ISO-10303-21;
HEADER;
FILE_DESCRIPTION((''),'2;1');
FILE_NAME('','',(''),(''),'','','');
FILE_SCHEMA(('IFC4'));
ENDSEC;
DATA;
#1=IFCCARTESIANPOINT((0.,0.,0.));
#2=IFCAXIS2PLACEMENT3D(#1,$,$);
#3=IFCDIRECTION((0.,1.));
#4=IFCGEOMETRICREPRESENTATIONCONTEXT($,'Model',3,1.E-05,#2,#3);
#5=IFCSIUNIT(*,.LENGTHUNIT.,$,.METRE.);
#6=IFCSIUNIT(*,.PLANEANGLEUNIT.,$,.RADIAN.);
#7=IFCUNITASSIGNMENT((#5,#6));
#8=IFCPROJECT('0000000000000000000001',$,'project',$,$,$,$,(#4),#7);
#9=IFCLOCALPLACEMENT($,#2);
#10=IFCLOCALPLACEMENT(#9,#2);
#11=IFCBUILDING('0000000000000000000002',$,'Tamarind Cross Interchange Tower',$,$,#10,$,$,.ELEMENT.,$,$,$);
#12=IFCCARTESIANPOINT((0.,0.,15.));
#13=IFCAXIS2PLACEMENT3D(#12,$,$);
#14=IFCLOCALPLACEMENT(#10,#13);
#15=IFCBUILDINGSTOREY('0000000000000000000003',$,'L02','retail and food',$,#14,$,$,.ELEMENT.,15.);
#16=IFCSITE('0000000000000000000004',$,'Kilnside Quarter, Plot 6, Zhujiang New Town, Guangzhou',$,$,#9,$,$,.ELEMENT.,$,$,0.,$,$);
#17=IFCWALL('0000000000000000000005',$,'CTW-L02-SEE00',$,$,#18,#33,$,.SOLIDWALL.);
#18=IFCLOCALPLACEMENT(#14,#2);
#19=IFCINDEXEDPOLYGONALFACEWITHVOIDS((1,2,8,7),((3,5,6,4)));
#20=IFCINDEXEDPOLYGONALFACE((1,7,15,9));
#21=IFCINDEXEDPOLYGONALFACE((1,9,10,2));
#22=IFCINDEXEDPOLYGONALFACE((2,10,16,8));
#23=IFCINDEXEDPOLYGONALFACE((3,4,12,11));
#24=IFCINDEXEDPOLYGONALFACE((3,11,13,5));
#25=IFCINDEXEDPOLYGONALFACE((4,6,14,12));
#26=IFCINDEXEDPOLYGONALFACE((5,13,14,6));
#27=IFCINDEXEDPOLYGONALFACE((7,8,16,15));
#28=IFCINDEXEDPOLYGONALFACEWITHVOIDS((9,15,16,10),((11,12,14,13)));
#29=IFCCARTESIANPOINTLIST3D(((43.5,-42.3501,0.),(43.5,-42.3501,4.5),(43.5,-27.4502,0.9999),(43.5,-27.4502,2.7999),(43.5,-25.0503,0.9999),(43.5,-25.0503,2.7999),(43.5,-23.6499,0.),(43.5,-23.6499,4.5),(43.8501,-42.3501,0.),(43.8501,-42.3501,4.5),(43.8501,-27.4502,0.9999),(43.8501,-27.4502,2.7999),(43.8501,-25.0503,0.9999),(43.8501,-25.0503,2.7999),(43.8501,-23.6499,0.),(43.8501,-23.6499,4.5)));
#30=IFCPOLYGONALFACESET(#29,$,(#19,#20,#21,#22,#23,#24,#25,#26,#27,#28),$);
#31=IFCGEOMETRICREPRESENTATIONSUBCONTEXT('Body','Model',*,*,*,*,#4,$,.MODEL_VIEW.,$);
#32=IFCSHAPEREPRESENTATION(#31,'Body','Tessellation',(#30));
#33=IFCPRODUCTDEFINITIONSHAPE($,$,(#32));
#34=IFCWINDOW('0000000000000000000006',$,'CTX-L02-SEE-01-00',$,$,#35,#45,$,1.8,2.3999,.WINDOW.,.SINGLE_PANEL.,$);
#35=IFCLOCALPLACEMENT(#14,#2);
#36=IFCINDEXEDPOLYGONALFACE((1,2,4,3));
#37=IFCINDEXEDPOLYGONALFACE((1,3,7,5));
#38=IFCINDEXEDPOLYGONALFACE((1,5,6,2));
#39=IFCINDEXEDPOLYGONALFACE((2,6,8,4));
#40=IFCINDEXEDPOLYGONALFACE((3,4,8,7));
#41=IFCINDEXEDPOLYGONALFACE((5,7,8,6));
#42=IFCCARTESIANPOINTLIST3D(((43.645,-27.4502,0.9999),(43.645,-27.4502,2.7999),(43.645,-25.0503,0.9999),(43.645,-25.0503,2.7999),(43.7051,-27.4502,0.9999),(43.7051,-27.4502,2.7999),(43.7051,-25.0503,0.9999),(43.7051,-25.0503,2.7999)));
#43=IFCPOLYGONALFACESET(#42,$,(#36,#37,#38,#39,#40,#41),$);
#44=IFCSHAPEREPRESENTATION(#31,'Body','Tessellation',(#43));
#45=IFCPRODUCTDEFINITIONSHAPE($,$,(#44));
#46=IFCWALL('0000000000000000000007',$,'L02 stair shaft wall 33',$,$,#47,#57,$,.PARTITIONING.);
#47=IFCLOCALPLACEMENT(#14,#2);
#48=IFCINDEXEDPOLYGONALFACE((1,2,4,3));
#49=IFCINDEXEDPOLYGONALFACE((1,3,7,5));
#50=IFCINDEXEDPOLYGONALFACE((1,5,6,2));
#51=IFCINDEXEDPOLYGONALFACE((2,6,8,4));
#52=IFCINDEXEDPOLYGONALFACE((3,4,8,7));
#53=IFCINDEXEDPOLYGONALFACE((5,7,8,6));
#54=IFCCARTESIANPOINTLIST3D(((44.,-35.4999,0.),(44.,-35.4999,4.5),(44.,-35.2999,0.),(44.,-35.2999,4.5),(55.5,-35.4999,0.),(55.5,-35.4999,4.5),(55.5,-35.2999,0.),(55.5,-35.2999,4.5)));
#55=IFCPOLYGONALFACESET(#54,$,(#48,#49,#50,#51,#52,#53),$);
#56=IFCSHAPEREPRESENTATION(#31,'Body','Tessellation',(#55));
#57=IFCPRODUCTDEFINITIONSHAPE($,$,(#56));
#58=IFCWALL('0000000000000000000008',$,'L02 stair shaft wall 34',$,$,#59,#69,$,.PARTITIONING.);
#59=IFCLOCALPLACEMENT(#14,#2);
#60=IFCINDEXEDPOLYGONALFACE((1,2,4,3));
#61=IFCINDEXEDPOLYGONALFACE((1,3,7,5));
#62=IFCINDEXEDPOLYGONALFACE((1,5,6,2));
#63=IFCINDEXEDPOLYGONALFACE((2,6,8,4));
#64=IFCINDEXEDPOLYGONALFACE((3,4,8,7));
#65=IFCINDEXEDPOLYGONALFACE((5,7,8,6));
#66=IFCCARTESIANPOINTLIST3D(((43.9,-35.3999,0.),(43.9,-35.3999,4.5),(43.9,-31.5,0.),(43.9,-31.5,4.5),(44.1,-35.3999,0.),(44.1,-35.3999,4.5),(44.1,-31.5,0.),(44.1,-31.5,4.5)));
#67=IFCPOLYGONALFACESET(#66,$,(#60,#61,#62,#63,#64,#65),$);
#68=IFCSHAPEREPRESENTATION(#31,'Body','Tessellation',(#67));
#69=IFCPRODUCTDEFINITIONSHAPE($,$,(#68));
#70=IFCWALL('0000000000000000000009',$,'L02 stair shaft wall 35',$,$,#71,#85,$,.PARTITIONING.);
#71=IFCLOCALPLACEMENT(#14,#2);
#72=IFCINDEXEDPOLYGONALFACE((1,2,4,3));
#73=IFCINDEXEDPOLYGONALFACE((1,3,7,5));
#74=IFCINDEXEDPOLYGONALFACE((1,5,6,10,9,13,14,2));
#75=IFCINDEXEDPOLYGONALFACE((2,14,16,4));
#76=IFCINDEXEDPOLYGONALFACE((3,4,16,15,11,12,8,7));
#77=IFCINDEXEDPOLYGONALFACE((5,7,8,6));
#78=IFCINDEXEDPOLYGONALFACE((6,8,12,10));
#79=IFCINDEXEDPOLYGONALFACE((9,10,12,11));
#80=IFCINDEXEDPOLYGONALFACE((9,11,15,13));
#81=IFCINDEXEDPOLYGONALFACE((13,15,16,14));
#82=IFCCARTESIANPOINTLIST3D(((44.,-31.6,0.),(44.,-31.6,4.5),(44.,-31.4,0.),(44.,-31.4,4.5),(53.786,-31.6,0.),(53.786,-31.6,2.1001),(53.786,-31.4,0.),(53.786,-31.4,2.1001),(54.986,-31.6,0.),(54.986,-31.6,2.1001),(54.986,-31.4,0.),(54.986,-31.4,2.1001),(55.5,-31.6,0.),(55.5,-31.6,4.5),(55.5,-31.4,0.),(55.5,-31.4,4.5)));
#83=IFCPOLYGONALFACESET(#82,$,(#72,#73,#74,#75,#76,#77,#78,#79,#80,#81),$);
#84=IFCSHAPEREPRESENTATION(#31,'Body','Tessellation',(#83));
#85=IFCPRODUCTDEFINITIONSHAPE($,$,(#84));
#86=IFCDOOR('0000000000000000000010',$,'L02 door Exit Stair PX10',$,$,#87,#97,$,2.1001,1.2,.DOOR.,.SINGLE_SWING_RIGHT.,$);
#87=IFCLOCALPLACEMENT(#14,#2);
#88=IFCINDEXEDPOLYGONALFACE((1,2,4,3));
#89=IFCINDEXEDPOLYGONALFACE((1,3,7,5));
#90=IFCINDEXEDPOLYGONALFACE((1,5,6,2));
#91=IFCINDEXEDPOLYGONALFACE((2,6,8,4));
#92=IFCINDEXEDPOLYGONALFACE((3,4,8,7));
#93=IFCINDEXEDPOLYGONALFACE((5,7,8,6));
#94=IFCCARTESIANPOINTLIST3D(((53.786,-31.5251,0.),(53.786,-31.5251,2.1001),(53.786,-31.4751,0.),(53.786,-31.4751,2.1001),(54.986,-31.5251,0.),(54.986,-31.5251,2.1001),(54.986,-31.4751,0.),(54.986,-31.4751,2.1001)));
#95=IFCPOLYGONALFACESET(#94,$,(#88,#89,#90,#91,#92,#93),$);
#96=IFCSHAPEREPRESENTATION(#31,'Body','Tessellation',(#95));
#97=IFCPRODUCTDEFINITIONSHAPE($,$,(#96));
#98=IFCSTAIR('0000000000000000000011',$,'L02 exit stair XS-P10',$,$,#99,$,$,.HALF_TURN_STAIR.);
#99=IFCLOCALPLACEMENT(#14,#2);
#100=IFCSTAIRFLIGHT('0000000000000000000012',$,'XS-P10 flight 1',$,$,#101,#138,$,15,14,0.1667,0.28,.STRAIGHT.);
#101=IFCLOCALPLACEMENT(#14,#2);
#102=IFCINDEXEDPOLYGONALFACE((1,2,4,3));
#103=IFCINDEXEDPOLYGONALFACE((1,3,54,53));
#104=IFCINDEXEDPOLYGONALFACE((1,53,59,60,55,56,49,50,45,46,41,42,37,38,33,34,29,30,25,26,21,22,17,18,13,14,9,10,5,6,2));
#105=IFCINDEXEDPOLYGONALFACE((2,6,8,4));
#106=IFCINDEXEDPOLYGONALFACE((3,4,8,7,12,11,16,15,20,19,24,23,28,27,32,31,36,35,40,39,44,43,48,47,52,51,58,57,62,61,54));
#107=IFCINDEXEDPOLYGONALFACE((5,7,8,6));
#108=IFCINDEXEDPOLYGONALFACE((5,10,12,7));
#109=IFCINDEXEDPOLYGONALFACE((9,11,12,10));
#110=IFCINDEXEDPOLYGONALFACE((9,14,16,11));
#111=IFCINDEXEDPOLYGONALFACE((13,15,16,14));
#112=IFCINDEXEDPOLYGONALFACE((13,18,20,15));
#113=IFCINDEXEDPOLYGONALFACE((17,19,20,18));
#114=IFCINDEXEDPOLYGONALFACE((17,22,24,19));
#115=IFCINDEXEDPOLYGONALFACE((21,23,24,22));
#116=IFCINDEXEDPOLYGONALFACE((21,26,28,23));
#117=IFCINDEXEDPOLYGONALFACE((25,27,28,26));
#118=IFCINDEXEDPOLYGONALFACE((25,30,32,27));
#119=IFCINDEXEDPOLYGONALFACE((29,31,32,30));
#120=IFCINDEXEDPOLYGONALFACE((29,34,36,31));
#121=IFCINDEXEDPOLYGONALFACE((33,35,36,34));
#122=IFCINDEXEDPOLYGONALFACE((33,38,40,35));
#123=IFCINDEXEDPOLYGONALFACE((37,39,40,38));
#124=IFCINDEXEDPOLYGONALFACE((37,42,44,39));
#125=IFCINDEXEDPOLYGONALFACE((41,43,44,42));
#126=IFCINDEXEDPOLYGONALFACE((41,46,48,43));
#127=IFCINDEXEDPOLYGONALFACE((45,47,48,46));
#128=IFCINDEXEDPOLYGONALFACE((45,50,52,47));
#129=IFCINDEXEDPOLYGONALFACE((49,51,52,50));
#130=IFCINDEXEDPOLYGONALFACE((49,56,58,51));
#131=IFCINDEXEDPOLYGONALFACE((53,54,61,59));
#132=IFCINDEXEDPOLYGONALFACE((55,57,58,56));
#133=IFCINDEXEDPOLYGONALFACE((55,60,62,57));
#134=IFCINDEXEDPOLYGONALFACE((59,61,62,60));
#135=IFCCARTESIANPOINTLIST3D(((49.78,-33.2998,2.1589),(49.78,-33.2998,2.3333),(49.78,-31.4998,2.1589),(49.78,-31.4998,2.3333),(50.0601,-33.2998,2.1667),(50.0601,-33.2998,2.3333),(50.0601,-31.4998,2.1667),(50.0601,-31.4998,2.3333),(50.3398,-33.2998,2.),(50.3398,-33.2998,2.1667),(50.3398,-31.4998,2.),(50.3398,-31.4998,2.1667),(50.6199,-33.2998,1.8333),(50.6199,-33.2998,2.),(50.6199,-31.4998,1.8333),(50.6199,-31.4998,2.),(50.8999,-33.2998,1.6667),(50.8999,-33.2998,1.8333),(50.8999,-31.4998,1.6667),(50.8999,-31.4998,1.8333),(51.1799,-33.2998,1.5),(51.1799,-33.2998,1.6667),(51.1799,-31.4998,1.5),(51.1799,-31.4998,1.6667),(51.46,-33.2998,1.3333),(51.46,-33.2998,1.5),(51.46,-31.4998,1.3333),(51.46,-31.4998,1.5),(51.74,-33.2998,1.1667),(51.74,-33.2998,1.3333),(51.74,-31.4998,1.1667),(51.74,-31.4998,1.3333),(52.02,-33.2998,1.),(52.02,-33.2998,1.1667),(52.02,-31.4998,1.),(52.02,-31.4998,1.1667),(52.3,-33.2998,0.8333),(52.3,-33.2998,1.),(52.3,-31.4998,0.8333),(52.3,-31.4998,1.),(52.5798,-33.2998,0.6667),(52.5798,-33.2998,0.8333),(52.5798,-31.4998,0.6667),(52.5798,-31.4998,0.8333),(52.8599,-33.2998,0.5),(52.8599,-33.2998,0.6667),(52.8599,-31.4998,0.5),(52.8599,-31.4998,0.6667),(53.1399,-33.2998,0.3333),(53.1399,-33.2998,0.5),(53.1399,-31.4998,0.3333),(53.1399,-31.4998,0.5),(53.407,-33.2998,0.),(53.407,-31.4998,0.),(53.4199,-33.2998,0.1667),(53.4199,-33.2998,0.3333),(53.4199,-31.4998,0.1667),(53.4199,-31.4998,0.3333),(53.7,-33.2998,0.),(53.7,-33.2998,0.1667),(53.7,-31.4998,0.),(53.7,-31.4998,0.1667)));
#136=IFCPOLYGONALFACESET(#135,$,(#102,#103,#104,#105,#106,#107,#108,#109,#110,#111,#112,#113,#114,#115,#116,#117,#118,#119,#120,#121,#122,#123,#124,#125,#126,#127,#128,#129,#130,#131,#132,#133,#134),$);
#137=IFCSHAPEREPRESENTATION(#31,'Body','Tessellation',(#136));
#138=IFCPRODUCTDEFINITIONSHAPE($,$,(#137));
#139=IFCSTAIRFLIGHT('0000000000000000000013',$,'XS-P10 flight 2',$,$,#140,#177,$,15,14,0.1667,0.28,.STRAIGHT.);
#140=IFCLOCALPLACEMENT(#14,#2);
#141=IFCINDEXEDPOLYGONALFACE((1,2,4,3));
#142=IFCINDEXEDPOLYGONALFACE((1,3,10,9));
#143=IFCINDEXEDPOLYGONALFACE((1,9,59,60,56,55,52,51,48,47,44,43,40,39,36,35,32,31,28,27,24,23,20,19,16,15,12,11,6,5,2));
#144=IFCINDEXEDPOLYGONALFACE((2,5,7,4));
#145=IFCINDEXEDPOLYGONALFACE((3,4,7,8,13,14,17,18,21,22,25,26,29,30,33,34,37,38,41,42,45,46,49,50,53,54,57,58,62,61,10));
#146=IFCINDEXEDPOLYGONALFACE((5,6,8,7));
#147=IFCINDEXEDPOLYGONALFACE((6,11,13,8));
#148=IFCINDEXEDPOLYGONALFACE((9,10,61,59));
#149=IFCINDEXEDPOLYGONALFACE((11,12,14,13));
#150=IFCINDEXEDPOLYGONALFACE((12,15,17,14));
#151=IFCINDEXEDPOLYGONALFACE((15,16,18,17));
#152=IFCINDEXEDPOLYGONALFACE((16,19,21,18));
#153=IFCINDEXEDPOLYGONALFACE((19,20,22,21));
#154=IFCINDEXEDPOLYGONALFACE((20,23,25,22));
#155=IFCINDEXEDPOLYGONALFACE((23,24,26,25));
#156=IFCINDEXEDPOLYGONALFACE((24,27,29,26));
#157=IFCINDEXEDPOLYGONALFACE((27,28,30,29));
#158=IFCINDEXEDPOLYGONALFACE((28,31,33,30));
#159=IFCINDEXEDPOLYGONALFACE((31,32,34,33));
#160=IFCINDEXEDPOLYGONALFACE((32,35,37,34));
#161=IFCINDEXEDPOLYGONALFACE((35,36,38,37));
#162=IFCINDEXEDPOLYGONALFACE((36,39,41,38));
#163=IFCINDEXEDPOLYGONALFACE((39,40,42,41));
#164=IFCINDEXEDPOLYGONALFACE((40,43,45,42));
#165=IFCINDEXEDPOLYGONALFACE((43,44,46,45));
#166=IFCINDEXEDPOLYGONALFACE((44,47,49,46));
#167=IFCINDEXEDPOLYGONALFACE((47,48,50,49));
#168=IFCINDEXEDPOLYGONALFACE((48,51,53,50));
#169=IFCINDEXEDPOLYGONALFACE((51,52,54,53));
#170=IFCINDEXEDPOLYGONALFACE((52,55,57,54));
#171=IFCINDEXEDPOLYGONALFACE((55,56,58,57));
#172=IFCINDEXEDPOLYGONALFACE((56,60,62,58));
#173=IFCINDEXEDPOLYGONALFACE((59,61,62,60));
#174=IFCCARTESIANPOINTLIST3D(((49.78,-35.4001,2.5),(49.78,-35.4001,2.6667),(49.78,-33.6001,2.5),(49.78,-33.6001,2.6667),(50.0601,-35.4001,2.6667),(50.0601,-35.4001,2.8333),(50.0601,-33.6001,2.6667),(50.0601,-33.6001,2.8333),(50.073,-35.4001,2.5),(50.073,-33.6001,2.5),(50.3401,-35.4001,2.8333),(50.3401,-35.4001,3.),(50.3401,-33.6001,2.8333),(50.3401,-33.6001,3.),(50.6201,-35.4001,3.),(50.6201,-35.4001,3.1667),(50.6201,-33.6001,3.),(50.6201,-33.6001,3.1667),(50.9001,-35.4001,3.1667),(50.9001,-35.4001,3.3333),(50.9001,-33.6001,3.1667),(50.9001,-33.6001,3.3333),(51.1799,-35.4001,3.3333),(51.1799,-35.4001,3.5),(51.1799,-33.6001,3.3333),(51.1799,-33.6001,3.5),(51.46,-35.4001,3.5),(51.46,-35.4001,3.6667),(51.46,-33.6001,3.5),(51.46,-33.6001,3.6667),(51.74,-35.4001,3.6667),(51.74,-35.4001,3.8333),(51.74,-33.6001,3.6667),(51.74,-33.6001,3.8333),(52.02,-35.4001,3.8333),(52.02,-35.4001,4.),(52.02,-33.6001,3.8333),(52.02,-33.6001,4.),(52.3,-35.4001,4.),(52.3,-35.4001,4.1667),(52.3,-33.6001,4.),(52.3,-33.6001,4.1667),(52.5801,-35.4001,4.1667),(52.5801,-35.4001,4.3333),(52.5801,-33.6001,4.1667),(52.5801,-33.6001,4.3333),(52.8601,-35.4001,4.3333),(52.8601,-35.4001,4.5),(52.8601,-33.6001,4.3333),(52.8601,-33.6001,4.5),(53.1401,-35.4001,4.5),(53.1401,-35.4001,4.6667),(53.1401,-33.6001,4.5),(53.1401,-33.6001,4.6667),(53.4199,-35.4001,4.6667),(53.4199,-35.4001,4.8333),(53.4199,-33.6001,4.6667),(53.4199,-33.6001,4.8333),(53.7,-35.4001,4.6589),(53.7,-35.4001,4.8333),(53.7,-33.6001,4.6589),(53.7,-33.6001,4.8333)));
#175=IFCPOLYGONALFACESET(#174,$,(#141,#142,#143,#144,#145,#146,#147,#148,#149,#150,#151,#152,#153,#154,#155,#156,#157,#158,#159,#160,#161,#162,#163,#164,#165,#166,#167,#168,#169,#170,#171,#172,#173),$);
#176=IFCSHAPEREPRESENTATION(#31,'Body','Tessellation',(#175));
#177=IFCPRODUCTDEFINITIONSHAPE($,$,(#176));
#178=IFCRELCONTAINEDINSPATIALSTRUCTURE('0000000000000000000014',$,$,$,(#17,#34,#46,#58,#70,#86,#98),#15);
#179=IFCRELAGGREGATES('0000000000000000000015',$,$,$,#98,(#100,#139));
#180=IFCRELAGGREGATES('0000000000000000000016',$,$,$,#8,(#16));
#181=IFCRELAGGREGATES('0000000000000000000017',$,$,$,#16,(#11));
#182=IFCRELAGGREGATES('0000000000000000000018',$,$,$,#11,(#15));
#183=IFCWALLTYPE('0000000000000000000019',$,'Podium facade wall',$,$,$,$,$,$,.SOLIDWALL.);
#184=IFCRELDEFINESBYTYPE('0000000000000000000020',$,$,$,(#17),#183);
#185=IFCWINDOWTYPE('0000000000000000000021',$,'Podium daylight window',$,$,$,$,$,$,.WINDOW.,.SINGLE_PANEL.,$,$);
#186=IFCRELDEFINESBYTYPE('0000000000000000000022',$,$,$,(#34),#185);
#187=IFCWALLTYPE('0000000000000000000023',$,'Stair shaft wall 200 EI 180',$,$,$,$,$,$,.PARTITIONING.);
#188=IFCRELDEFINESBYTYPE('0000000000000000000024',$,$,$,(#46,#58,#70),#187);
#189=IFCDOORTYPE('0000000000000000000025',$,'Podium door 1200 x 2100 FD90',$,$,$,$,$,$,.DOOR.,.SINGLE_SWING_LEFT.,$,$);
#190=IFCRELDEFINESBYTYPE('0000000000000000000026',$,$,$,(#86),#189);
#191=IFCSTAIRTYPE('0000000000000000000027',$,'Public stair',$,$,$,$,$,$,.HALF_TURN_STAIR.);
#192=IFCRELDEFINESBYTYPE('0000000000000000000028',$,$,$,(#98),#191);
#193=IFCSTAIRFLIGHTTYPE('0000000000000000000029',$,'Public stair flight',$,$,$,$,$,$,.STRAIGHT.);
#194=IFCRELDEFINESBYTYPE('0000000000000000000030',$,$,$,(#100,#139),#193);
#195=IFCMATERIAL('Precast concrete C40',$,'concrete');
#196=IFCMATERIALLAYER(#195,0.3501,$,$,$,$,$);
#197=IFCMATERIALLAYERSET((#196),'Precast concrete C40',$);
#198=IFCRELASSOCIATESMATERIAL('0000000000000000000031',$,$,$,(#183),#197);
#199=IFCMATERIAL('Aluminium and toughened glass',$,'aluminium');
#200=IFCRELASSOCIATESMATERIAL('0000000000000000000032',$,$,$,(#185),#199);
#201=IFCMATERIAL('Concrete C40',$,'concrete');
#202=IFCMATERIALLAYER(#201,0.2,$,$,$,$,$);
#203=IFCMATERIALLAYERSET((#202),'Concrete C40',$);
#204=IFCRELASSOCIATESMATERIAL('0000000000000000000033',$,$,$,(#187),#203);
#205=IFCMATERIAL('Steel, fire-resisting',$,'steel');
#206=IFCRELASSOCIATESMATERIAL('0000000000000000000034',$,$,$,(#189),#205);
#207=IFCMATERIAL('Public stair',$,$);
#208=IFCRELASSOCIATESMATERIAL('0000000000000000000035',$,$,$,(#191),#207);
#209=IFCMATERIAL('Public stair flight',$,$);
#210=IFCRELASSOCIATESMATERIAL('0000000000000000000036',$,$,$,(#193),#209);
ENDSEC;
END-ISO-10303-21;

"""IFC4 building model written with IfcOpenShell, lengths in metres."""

from ifc_helpers import new_model, si_unit, direction, frame, frame_2d, origin, place, context, subcontext, project, spatial, polyline, rectangle, outline, extrude, material, layer, layer_set, type_object, element, fill, aggregate, save


model = new_model("IFC4")

# Units and contexts
model_context = context("Model", 3, precision=1e-05, world=origin(), true_north=direction((0.0, 1.0)))
body_context = subcontext(model_context, "Body", "Model", "MODEL_VIEW")
ifc_project = project(units=[si_unit("LENGTHUNIT", "METRE"), si_unit("PLANEANGLEUNIT", "RADIAN")], contexts=[model_context])

# Site, building, storey
site_placement = place(None, origin())
site = spatial("IfcSite", under=ifc_project, at=site_placement, Name="Kilnside Quarter, Plot 6, Zhujiang New Town, Guangzhou", CompositionType="ELEMENT", RefElevation=0.0)
building_placement = place(site_placement, origin())
building = spatial("IfcBuilding", under=site, at=building_placement, Name="Tamarind Cross Interchange Tower", CompositionType="ELEMENT")
storey_placement = place(building_placement, frame((0.0, 0.0, 15.0)))
storey = spatial("IfcBuildingStorey", under=building, at=storey_placement, Name="L02", Description="retail and food", CompositionType="ELEMENT", Elevation=15.0)

# Shared definitions
ifc_material_1 = material(Name="Steel, fire-resisting", Category="steel")

# Wall, opening, window
ifc_material_2 = material(Name="Precast concrete C40", Category="concrete")
ifc_layer_1 = layer(ifc_material_2, 0.3501)
ifc_layer_set_1 = layer_set([ifc_layer_1], Name="Precast concrete C40")
wall_type_1 = type_object("IfcWallType", Name="Podium facade wall", PredefinedType="SOLIDWALL", material=ifc_layer_set_1)
wall_1_placement = place(storey_placement, frame((43.675, -42.3501, 0.0), z_axis=(0.0, 0.0, 1.0), x_axis=(0.0, 1.0, 0.0)))
wall_1 = element("IfcWall", 1, at=wall_1_placement, inside=storey, type_object=wall_type_1, Name="CTW-L02-SEE00", PredefinedType="SOLIDWALL", context=body_context, shape_type="SweptSolid", body=[
    extrude(rectangle(XDim=18.7002, YDim=0.3501, at=frame_2d((9.3501, 0.0))), origin(), (0.0, 0.0, 1.0), 4.5),
])
opening_1_placement = place(wall_1_placement, frame((14.8999, 0.0, 1.0)))
opening_1 = element("IfcOpeningElement", 2, at=opening_1_placement, cuts=wall_1, PredefinedType="OPENING", context=body_context, shape_type="SweptSolid", body=[
    extrude(rectangle(XDim=2.3999, YDim=1.8, at=frame_2d((1.2, 0.8999))), frame((0.0, 0.1851, 0.0), z_axis=(0.0, -1.0, 0.0), x_axis=(1.0, 0.0, 0.0)), (0.0, 0.0, 1.0), 0.3701),
])
ifc_material_3 = material(Name="Aluminium and toughened glass", Category="aluminium")
window_type = type_object("IfcWindowType", Name="Podium daylight window", PartitioningType="SINGLE_PANEL", PredefinedType="WINDOW", material=ifc_material_3)
window_placement = place(opening_1_placement, origin())
window = element("IfcWindow", 3, at=window_placement, inside=storey, type_object=window_type, Name="CTX-L02-SEE-01-00", OverallHeight=1.8, OverallWidth=2.3999, PartitioningType="SINGLE_PANEL", PredefinedType="WINDOW", context=body_context, shape_type="SweptSolid", body=[
    extrude(rectangle(XDim=2.3999, YDim=1.8, at=frame_2d((1.2, 0.8999))), frame((0.0, 0.03, 0.0), z_axis=(0.0, -1.0, 0.0), x_axis=(1.0, 0.0, 0.0)), (0.0, 0.0, 1.0), 0.0601),
])
fill(opening_1, window)

# Walls
ifc_material_4 = material(Name="Concrete C40", Category="concrete")
ifc_layer_2 = layer(ifc_material_4, 0.2)
ifc_layer_set_2 = layer_set([ifc_layer_2], Name="Concrete C40")
wall_type_2 = type_object("IfcWallType", Name="Stair shaft wall 200 EI 180", PredefinedType="PARTITIONING", material=ifc_layer_set_2)
wall_2_placement = place(storey_placement, frame((44.0, -35.3999, 0.0), z_axis=(0.0, 0.0, 1.0), x_axis=(1.0, 0.0, 0.0)))
element("IfcWall", 4, at=wall_2_placement, inside=storey, type_object=wall_type_2, Name="L02 stair shaft wall 33", PredefinedType="PARTITIONING", context=body_context, shape_type="SweptSolid", body=[
    extrude(rectangle(XDim=11.5, YDim=0.2, at=frame_2d((5.75, 0.0))), origin(), (0.0, 0.0, 1.0), 4.5),
])
wall_3_placement = place(storey_placement, frame((44.0, -35.3999, 0.0), z_axis=(0.0, 0.0, 1.0), x_axis=(0.0, 1.0, 0.0)))
element("IfcWall", 5, at=wall_3_placement, inside=storey, type_object=wall_type_2, Name="L02 stair shaft wall 34", PredefinedType="PARTITIONING", context=body_context, shape_type="SweptSolid", body=[
    extrude(rectangle(XDim=3.8999, YDim=0.2, at=frame_2d((1.95, 0.0))), origin(), (0.0, 0.0, 1.0), 4.5),
])

# Wall, opening, door
wall_4_placement = place(storey_placement, frame((44.0, -31.5, 0.0), z_axis=(0.0, 0.0, 1.0), x_axis=(1.0, 0.0, 0.0)))
wall_4 = element("IfcWall", 6, at=wall_4_placement, inside=storey, type_object=wall_type_2, Name="L02 stair shaft wall 35", PredefinedType="PARTITIONING", context=body_context, shape_type="SweptSolid", body=[
    extrude(rectangle(XDim=11.5, YDim=0.2, at=frame_2d((5.75, 0.0))), origin(), (0.0, 0.0, 1.0), 4.5),
])
opening_2_placement = place(wall_4_placement, frame((9.7859, 0.0, 0.0)))
opening_2 = element("IfcOpeningElement", 7, at=opening_2_placement, cuts=wall_4, PredefinedType="OPENING", context=body_context, shape_type="SweptSolid", body=[
    extrude(rectangle(XDim=1.2, YDim=2.1001, at=frame_2d((0.6001, 1.05))), frame((0.0, 0.1099, 0.0), z_axis=(0.0, -1.0, 0.0), x_axis=(1.0, 0.0, 0.0)), (0.0, 0.0, 1.0), 0.22),
])
door_type_1 = type_object("IfcDoorType", Name="Podium door 1200 x 2100 FD90", OperationType="SINGLE_SWING_LEFT", PredefinedType="DOOR", material=ifc_material_1)
door_1_placement = place(opening_2_placement, origin())
door_1 = element("IfcDoor", 8, at=door_1_placement, inside=storey, type_object=door_type_1, Name="L02 door Exit Stair PX10", OperationType="SINGLE_SWING_RIGHT", OverallHeight=2.1001, OverallWidth=1.2, PredefinedType="DOOR", context=body_context, shape_type="SweptSolid", body=[
    extrude(rectangle(XDim=1.2, YDim=2.1001, at=frame_2d((0.6001, 1.05))), frame((0.0, 0.0249, 0.0), z_axis=(0.0, -1.0, 0.0), x_axis=(1.0, 0.0, 0.0)), (0.0, 0.0, 1.0), 0.05),
])
fill(opening_2, door_1)

# Stair, stair flights
ifc_material_5 = material(Name="Public stair")
stair_type = type_object("IfcStairType", Name="Public stair", PredefinedType="HALF_TURN_STAIR", material=ifc_material_5)
stair_placement = place(storey_placement, origin())
stair = element("IfcStair", 9, at=stair_placement, inside=storey, type_object=stair_type, Name="L02 exit stair XS-P10", PredefinedType="HALF_TURN_STAIR")
ifc_material_6 = material(Name="Public stair flight")
stair_flight_type = type_object("IfcStairFlightType", Name="Public stair flight", PredefinedType="STRAIGHT", material=ifc_material_6)
stair_flight_1_placement = place(storey_placement, frame((53.7, -32.3999, 0.0), z_axis=(0.0, 0.0, 1.0), x_axis=(-1.0, 0.0, 0.0)))
stair_flight_1 = element("IfcStairFlight", 10, at=stair_flight_1_placement, type_object=stair_flight_type, Name="XS-P10 flight 1", NumberOfRisers=15, NumberOfTreads=14, PredefinedType="STRAIGHT", RiserHeight=0.1667, TreadLength=0.28, context=body_context, shape_type="SweptSolid", body=[
    extrude(outline(polyline([(0.0, 0.0), (0.0, 0.1667), (0.28, 0.1667), (0.28, 0.3333), (0.5601, 0.3333), (0.5601, 0.5), (0.8401, 0.5), (0.8401, 0.6667), (1.1201, 0.6667), (1.1201, 0.8333), (1.3999, 0.8333), (1.3999, 1.0), (1.6799, 1.0), (1.6799, 1.1667), (1.96, 1.1667), (1.96, 1.3333), (2.24, 1.3333), (2.24, 1.5), (2.52, 1.5), (2.52, 1.6667), (2.8, 1.6667), (2.8, 1.8333), (3.0801, 1.8333), (3.0801, 2.0), (3.3601, 2.0), (3.3601, 2.1667), (3.6399, 2.1667), (3.6399, 2.3333), (3.9199, 2.3333), (3.9199, 2.5), (3.9199, 2.1589), (0.293, 0.0), (0.0, 0.0)])), frame((0.0, 0.8999, 0.0), z_axis=(0.0, -1.0, 0.0), x_axis=(1.0, 0.0, 0.0)), (0.0, 0.0, 1.0), 1.8),
])
stair_flight_2_placement = place(storey_placement, frame((49.78, -34.5, 2.5), z_axis=(0.0, 0.0, 1.0), x_axis=(1.0, 0.0, 0.0)))
stair_flight_2 = element("IfcStairFlight", 11, at=stair_flight_2_placement, type_object=stair_flight_type, Name="XS-P10 flight 2", NumberOfRisers=15, NumberOfTreads=14, PredefinedType="STRAIGHT", RiserHeight=0.1667, TreadLength=0.28, context=body_context, shape_type="SweptSolid", body=[
    extrude(outline(polyline([(0.0, 0.0), (0.0, 0.1667), (0.28, 0.1667), (0.28, 0.3333), (0.5601, 0.3333), (0.5601, 0.5), (0.8401, 0.5), (0.8401, 0.6667), (1.1201, 0.6667), (1.1201, 0.8333), (1.3999, 0.8333), (1.3999, 1.0), (1.6799, 1.0), (1.6799, 1.1667), (1.96, 1.1667), (1.96, 1.3333), (2.24, 1.3333), (2.24, 1.5), (2.52, 1.5), (2.52, 1.6667), (2.8, 1.6667), (2.8, 1.8333), (3.0801, 1.8333), (3.0801, 2.0), (3.3601, 2.0), (3.3601, 2.1667), (3.6399, 2.1667), (3.6399, 2.3333), (3.9199, 2.3333), (3.9199, 2.5), (3.9199, 2.1589), (0.293, 0.0), (0.0, 0.0)])), frame((0.0, 0.8999, 0.0), z_axis=(0.0, -1.0, 0.0), x_axis=(1.0, 0.0, 0.0)), (0.0, 0.0, 1.0), 1.8),
])
aggregate(stair, [stair_flight_1, stair_flight_2])

save(model, "model.ifc")
